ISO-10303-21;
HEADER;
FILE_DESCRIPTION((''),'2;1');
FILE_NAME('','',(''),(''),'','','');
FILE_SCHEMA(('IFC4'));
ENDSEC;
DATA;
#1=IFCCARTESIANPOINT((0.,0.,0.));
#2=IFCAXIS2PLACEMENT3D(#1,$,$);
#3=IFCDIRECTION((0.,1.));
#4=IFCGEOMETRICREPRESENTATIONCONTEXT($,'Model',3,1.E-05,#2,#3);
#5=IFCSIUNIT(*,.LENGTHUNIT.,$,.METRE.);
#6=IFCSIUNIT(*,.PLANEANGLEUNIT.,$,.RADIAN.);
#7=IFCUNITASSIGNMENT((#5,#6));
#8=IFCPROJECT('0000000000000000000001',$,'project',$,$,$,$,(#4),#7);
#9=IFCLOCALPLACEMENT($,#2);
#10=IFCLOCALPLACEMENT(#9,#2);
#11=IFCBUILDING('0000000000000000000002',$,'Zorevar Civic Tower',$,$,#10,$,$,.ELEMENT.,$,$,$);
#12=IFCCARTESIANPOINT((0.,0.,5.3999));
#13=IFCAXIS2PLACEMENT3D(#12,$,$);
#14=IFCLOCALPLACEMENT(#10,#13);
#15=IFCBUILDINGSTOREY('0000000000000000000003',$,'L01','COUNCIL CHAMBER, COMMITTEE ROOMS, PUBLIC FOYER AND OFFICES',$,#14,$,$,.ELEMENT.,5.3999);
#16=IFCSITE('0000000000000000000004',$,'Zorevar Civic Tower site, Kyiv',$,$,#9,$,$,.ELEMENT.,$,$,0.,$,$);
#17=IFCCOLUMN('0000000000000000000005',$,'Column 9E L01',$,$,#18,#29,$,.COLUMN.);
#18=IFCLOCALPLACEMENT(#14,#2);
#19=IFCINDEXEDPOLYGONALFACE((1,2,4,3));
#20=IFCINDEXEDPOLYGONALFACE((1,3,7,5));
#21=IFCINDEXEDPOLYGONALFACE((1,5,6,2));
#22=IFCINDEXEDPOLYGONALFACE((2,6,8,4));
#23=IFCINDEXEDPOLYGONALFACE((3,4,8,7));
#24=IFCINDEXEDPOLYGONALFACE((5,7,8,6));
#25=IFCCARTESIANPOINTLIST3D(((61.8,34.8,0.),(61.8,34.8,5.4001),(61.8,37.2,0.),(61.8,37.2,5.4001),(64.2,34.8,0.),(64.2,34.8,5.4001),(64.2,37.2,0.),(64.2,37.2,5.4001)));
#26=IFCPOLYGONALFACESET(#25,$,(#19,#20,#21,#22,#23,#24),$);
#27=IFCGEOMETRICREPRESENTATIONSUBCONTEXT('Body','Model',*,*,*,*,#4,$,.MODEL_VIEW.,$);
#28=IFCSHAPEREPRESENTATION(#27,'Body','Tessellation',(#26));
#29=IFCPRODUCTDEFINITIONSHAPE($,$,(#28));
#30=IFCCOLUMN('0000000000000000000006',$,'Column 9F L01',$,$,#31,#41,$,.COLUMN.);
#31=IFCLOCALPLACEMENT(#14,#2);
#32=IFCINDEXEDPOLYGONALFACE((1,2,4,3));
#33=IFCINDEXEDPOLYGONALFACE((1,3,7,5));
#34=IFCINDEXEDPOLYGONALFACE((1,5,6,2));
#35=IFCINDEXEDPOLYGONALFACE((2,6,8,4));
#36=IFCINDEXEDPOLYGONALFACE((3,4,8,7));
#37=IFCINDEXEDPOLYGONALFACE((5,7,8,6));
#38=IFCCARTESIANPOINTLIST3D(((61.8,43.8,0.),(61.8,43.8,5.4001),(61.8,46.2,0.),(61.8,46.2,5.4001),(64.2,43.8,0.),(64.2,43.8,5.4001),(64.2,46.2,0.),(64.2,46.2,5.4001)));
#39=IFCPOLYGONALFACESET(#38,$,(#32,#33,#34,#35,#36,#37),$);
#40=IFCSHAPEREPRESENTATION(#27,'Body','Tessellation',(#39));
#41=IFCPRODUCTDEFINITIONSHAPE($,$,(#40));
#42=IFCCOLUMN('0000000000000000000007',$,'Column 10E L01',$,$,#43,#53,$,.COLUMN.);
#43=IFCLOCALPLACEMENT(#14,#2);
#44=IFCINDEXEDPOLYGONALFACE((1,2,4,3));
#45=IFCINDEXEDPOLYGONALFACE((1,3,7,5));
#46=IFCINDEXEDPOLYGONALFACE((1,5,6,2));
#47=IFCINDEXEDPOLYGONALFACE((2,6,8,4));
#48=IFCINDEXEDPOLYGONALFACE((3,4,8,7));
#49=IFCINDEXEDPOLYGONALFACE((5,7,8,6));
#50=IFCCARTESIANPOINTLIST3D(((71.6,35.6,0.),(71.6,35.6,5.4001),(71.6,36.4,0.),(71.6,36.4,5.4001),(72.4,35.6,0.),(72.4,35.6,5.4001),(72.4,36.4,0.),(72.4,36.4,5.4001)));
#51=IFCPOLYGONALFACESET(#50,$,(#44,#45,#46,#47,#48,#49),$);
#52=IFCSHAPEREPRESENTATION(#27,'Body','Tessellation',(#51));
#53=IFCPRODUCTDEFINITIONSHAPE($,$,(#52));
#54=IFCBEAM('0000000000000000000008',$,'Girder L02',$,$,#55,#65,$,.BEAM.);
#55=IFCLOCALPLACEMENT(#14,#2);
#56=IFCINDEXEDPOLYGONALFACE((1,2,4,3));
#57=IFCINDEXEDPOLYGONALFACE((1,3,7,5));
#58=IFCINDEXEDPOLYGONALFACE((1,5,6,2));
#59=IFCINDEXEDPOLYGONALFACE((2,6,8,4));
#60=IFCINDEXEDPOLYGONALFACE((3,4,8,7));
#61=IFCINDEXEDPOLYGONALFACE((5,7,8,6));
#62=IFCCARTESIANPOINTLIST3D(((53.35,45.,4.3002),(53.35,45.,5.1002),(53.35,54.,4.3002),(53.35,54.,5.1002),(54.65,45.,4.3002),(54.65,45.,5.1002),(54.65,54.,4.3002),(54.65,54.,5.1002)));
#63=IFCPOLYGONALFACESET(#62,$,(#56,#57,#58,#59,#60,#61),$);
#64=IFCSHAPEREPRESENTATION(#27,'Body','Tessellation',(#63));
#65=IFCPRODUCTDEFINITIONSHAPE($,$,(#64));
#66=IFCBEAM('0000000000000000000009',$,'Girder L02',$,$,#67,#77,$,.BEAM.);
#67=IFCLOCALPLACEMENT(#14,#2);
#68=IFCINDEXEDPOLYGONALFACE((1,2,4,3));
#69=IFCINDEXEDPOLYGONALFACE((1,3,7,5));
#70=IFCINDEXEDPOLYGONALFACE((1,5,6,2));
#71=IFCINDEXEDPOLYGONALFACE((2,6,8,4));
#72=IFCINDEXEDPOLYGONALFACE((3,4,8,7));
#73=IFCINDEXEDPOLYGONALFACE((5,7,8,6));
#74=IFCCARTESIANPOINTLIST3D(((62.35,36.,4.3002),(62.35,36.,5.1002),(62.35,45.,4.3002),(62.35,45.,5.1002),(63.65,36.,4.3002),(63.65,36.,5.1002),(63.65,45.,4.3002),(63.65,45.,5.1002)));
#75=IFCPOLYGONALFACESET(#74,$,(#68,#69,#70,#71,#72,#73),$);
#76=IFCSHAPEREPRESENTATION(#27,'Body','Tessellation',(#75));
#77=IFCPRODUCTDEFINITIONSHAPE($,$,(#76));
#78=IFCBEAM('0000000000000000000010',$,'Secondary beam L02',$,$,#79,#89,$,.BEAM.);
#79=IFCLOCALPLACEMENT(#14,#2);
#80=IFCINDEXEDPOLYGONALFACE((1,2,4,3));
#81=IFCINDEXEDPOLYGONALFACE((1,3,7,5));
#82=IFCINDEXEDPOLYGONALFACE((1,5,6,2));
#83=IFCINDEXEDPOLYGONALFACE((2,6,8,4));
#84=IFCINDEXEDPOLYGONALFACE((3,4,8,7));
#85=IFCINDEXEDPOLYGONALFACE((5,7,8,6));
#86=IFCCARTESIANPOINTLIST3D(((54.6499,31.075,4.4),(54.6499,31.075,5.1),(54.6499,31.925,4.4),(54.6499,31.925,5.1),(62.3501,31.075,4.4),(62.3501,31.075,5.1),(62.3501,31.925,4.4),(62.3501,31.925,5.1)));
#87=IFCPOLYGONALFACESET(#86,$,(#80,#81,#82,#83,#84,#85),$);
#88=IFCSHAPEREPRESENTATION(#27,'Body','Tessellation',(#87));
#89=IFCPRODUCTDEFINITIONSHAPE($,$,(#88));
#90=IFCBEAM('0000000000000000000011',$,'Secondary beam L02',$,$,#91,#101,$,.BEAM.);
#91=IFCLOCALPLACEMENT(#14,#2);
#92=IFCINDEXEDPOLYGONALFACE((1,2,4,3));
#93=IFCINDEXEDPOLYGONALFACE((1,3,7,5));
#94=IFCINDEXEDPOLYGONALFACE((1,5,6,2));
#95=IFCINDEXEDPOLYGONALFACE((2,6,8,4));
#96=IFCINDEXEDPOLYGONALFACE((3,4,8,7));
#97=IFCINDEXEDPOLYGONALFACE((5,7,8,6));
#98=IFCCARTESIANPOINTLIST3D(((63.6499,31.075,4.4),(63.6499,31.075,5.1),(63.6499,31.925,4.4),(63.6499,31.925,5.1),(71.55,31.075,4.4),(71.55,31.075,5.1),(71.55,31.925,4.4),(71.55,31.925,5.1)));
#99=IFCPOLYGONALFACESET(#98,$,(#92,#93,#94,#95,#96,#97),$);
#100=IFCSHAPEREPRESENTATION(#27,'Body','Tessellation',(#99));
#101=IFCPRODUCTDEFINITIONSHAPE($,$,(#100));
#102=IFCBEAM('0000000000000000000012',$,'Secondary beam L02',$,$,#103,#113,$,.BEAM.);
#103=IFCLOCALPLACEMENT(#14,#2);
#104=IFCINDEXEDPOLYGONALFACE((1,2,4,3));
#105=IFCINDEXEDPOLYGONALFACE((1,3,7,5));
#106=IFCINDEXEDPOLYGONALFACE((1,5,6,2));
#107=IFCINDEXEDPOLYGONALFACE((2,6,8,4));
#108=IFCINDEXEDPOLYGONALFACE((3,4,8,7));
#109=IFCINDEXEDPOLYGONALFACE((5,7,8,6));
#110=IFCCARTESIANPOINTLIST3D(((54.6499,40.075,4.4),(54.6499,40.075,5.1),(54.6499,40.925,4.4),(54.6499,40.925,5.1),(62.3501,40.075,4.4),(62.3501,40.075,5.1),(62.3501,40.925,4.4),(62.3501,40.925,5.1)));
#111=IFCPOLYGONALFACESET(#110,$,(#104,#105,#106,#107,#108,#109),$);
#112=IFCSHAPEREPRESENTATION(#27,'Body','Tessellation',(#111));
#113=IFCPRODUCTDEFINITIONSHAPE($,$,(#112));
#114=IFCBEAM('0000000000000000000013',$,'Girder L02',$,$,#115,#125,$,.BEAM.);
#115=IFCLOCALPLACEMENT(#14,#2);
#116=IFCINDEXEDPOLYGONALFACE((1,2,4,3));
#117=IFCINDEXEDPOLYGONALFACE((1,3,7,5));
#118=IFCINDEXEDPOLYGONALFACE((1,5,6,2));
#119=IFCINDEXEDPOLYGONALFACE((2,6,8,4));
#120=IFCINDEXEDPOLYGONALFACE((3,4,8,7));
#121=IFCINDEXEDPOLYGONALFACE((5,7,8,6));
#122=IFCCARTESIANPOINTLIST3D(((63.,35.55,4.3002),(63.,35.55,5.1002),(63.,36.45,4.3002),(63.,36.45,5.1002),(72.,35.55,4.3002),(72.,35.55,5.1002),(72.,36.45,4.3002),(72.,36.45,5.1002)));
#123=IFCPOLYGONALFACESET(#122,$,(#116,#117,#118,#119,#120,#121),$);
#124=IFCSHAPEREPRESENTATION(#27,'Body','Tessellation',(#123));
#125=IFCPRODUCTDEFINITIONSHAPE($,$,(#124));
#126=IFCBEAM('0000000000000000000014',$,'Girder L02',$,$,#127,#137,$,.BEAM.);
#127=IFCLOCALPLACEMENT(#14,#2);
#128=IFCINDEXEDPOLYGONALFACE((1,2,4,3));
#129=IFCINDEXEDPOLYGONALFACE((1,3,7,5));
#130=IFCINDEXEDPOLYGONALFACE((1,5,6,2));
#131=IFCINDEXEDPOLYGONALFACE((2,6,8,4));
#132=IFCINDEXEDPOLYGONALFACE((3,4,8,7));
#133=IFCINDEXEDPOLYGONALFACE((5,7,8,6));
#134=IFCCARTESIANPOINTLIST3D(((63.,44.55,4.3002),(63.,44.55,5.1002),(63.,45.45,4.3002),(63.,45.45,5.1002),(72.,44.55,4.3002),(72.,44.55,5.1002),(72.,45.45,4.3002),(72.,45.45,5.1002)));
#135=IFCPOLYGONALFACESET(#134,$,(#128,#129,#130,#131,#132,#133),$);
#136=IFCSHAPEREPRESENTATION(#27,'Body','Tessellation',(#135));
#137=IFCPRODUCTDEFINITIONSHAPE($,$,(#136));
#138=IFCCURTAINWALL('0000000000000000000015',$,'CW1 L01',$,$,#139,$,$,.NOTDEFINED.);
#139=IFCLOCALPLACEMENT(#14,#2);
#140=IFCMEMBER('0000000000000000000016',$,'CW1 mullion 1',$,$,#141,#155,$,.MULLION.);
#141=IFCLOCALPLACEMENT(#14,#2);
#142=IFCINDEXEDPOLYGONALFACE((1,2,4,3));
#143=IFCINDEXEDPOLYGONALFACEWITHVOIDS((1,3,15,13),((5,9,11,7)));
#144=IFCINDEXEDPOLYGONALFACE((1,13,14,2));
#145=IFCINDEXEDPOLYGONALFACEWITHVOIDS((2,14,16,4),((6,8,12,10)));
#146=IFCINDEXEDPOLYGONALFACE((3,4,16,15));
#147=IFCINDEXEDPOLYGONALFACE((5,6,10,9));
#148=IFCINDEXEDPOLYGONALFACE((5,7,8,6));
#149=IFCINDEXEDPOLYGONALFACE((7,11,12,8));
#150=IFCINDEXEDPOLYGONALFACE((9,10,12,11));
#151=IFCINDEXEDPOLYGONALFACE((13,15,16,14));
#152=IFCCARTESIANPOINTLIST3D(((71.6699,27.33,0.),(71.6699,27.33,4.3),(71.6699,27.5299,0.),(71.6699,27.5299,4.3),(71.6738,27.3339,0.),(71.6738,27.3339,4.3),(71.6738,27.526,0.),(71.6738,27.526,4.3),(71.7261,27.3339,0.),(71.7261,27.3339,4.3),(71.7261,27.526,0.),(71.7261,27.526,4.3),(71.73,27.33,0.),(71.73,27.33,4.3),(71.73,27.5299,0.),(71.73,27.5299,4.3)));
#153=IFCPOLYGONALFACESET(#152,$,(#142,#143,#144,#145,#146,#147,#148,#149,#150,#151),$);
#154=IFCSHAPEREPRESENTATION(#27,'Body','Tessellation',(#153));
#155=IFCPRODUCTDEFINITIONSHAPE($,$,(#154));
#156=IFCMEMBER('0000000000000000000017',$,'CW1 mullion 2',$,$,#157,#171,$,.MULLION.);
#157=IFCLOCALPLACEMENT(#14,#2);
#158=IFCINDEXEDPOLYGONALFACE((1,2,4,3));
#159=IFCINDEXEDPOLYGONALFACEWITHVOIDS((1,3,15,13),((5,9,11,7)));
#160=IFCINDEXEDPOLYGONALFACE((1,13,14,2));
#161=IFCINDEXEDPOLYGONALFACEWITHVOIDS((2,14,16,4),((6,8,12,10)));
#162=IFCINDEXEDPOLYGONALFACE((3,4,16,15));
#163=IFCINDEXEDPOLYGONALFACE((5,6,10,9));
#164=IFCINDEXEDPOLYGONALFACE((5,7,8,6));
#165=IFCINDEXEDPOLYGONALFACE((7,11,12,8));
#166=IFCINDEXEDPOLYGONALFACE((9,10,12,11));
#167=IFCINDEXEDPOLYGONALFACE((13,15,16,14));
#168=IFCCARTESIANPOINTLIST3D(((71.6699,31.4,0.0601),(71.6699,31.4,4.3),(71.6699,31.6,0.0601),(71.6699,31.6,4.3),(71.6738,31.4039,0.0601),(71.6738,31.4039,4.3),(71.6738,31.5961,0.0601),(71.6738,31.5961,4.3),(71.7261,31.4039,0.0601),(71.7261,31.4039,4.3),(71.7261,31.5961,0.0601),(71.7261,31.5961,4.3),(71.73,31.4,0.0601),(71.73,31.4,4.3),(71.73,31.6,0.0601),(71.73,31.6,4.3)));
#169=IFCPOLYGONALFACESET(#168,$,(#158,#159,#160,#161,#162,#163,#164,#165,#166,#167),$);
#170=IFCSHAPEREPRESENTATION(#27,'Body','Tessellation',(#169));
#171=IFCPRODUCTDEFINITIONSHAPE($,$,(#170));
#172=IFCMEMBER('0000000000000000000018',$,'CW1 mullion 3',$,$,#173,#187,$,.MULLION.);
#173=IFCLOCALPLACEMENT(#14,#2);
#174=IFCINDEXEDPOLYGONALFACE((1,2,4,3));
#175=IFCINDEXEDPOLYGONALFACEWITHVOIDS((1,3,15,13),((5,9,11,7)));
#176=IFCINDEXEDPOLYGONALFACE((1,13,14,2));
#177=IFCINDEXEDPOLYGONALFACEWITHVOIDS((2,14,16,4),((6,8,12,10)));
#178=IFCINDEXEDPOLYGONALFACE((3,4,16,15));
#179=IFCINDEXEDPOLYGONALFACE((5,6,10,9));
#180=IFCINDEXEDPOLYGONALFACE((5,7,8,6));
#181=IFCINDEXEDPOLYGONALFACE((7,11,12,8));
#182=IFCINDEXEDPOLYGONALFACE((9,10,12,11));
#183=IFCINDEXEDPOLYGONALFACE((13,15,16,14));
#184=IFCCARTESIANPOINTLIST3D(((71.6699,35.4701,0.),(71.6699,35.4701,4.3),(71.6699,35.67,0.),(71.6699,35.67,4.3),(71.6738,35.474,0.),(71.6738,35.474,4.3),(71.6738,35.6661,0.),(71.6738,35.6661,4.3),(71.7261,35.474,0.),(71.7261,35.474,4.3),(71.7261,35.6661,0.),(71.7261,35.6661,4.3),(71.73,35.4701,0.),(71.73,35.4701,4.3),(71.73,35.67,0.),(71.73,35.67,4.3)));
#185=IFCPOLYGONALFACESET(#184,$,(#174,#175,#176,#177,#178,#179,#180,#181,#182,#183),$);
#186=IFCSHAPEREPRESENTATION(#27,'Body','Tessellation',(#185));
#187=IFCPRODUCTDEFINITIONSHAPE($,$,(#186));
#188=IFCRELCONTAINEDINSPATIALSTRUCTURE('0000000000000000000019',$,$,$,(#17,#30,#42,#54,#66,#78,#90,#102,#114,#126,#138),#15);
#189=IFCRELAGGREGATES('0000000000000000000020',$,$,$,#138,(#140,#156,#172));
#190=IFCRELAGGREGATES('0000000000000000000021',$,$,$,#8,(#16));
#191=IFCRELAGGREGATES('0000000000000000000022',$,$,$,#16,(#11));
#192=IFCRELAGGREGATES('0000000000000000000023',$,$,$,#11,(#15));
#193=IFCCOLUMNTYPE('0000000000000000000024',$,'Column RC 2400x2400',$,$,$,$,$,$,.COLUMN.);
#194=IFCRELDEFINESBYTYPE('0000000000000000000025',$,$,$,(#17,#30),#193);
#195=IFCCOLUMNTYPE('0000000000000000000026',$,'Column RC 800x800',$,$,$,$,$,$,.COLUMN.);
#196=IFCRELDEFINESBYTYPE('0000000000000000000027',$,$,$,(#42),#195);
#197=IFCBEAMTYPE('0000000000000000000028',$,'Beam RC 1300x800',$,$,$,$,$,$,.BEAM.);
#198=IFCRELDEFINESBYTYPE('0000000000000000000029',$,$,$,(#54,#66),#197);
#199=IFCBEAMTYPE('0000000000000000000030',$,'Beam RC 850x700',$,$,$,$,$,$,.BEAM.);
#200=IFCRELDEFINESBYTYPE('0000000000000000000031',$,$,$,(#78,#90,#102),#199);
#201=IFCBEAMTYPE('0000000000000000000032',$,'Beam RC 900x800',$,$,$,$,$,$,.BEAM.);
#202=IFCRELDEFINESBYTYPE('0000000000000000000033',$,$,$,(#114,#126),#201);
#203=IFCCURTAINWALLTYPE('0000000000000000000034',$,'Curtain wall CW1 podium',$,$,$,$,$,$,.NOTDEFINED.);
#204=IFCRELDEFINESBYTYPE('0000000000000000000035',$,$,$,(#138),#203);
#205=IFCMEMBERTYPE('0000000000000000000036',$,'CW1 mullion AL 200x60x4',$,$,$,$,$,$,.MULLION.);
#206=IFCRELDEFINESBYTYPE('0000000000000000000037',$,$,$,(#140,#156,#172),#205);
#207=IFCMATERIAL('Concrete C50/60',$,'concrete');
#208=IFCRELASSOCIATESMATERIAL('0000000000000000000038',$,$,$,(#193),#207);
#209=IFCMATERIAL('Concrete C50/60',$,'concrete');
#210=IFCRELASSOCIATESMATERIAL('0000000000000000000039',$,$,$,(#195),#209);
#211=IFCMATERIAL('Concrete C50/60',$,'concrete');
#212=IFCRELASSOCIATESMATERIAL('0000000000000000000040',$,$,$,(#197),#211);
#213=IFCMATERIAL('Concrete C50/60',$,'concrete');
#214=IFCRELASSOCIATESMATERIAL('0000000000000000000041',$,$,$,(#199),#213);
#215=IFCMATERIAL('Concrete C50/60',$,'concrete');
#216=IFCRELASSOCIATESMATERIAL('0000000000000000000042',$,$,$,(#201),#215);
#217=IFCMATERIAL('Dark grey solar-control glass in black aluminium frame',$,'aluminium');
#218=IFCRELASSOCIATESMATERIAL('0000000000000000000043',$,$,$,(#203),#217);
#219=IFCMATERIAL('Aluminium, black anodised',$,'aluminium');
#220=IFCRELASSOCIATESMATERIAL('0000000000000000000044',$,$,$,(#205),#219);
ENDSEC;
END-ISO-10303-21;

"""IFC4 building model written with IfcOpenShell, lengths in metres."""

from ifc_helpers import new_model, si_unit, direction, frame, origin, origin_2d, place, context, subcontext, project, spatial, rectangle, hollow_rectangle, extrude, material, material_profile, profile_set, type_object, element, aggregate, save


model = new_model("IFC4")

# Units and contexts
model_context = context("Model", 3, precision=1e-05, world=origin(), true_north=direction((0.0, 1.0)))
body_context = subcontext(model_context, "Body", "Model", "MODEL_VIEW")
ifc_project = project(units=[si_unit("LENGTHUNIT", "METRE"), si_unit("PLANEANGLEUNIT", "RADIAN")], contexts=[model_context])

# Site, building, storey
site_placement = place(None, origin())
site = spatial("IfcSite", under=ifc_project, at=site_placement, Name="Zorevar Civic Tower site, Kyiv", CompositionType="ELEMENT", RefElevation=0.0)
building_placement = place(site_placement, origin())
building = spatial("IfcBuilding", under=site, at=building_placement, Name="Zorevar Civic Tower", CompositionType="ELEMENT")
storey_placement = place(building_placement, frame((0.0, 0.0, 5.3999)))
storey = spatial("IfcBuildingStorey", under=building, at=storey_placement, Name="L01", Description="COUNCIL CHAMBER, COMMITTEE ROOMS, PUBLIC FOYER AND OFFICES", CompositionType="ELEMENT", Elevation=5.3999)

# Columns
ifc_material_1 = material(Name="Concrete C50/60", Category="concrete")
ifc_material_profile_1 = material_profile(ifc_material_1, rectangle(XDim=2.3999, YDim=2.3999, at=origin_2d()), Name="RC 2400x2400")
ifc_profile_set_1 = profile_set([ifc_material_profile_1], Name="Concrete C50/60")
column_type_1 = type_object("IfcColumnType", Name="Column RC 2400x2400", PredefinedType="COLUMN", material=ifc_profile_set_1)
for number, where, z_axis, x_axis, name in (
    (1, (63.0, 36.0, 0.0), (0.0, 0.0, 1.0), (1.0, 0.0, 0.0), "Column 9E L01"),
    (2, (63.0, 45.0, 0.0), (0.0, 0.0, 1.0), (1.0, 0.0, 0.0), "Column 9F L01"),
):
    element("IfcColumn", number, at=place(storey_placement, frame(where, z_axis=z_axis, x_axis=x_axis)), inside=storey, type_object=column_type_1, Name=name, PredefinedType="COLUMN", context=body_context, shape_type="SweptSolid", body=[
        extrude(rectangle(XDim=2.3999, YDim=2.3999, at=origin_2d()), origin(), (0.0, 0.0, 1.0), 5.4001),
    ])
ifc_material_2 = material(Name="Concrete C50/60", Category="concrete")
ifc_material_profile_2 = material_profile(ifc_material_2, rectangle(XDim=0.8, YDim=0.8, at=origin_2d()), Name="RC 800x800")
ifc_profile_set_2 = profile_set([ifc_material_profile_2], Name="Concrete C50/60")
column_type_2 = type_object("IfcColumnType", Name="Column RC 800x800", PredefinedType="COLUMN", material=ifc_profile_set_2)
column_placement = place(storey_placement, frame((72.0, 36.0, 0.0), z_axis=(0.0, 0.0, 1.0), x_axis=(1.0, 0.0, 0.0)))
element("IfcColumn", 3, at=column_placement, inside=storey, type_object=column_type_2, Name="Column 10E L01", PredefinedType="COLUMN", context=body_context, shape_type="SweptSolid", body=[
    extrude(rectangle(XDim=0.8, YDim=0.8, at=origin_2d()), origin(), (0.0, 0.0, 1.0), 5.4001),
])

# Beams
ifc_material_3 = material(Name="Concrete C50/60", Category="concrete")
ifc_material_profile_3 = material_profile(ifc_material_3, rectangle(XDim=1.3, YDim=0.8, at=origin_2d()), Name="RC 1300x800")
ifc_profile_set_3 = profile_set([ifc_material_profile_3], Name="Concrete C50/60")
beam_type_1 = type_object("IfcBeamType", Name="Beam RC 1300x800", PredefinedType="BEAM", material=ifc_profile_set_3)
for number, where, z_axis, x_axis, name in (
    (4, (54.0, 45.0, 4.7002), (0.0, 1.0, 0.0), (-1.0, 0.0, 0.0), "Girder L02"),
    (5, (63.0, 36.0, 4.7002), (0.0, 1.0, 0.0), (-1.0, 0.0, 0.0), "Girder L02"),
):
    element("IfcBeam", number, at=place(storey_placement, frame(where, z_axis=z_axis, x_axis=x_axis)), inside=storey, type_object=beam_type_1, Name=name, PredefinedType="BEAM", context=body_context, shape_type="SweptSolid", body=[
        extrude(rectangle(XDim=1.3, YDim=0.8, at=origin_2d()), origin(), (0.0, 0.0, 1.0), 9.0),
    ])
ifc_material_4 = material(Name="Concrete C50/60", Category="concrete")
ifc_material_profile_4 = material_profile(ifc_material_4, rectangle(XDim=0.8501, YDim=0.7, at=origin_2d()), Name="RC 850x700")
ifc_profile_set_4 = profile_set([ifc_material_profile_4], Name="Concrete C50/60")
beam_type_2 = type_object("IfcBeamType", Name="Beam RC 850x700", PredefinedType="BEAM", material=ifc_profile_set_4)
beam_1_placement = place(storey_placement, frame((54.6499, 31.5, 4.75), z_axis=(1.0, 0.0, 0.0), x_axis=(0.0, 1.0, 0.0)))
element("IfcBeam", 6, at=beam_1_placement, inside=storey, type_object=beam_type_2, Name="Secondary beam L02", PredefinedType="BEAM", context=body_context, shape_type="SweptSolid", body=[
    extrude(rectangle(XDim=0.8501, YDim=0.7, at=origin_2d()), origin(), (0.0, 0.0, 1.0), 7.7002),
])
beam_2_placement = place(storey_placement, frame((63.6499, 31.5, 4.75), z_axis=(1.0, 0.0, 0.0), x_axis=(0.0, 1.0, 0.0)))
element("IfcBeam", 7, at=beam_2_placement, inside=storey, type_object=beam_type_2, Name="Secondary beam L02", PredefinedType="BEAM", context=body_context, shape_type="SweptSolid", body=[
    extrude(rectangle(XDim=0.8501, YDim=0.7, at=origin_2d()), origin(), (0.0, 0.0, 1.0), 7.9001),
])
beam_3_placement = place(storey_placement, frame((54.6499, 40.5, 4.75), z_axis=(1.0, 0.0, 0.0), x_axis=(0.0, 1.0, 0.0)))
element("IfcBeam", 8, at=beam_3_placement, inside=storey, type_object=beam_type_2, Name="Secondary beam L02", PredefinedType="BEAM", context=body_context, shape_type="SweptSolid", body=[
    extrude(rectangle(XDim=0.8501, YDim=0.7, at=origin_2d()), origin(), (0.0, 0.0, 1.0), 7.7002),
])
ifc_material_5 = material(Name="Concrete C50/60", Category="concrete")
ifc_material_profile_5 = material_profile(ifc_material_5, rectangle(XDim=0.8999, YDim=0.8, at=origin_2d()), Name="RC 900x800")
ifc_profile_set_5 = profile_set([ifc_material_profile_5], Name="Concrete C50/60")
beam_type_3 = type_object("IfcBeamType", Name="Beam RC 900x800", PredefinedType="BEAM", material=ifc_profile_set_5)
for number, where, z_axis, x_axis, name in (
    (9, (63.0, 36.0, 4.7002), (1.0, 0.0, 0.0), (0.0, 1.0, 0.0), "Girder L02"),
    (10, (63.0, 45.0, 4.7002), (1.0, 0.0, 0.0), (0.0, 1.0, 0.0), "Girder L02"),
):
    element("IfcBeam", number, at=place(storey_placement, frame(where, z_axis=z_axis, x_axis=x_axis)), inside=storey, type_object=beam_type_3, Name=name, PredefinedType="BEAM", context=body_context, shape_type="SweptSolid", body=[
        extrude(rectangle(XDim=0.8999, YDim=0.8, at=origin_2d()), origin(), (0.0, 0.0, 1.0), 9.0),
    ])

# Curtain wall, members
ifc_material_6 = material(Name="Dark grey solar-control glass in black aluminium frame", Category="aluminium")
curtain_wall_type = type_object("IfcCurtainWallType", Name="Curtain wall CW1 podium", PredefinedType="NOTDEFINED", material=ifc_material_6)
curtain_wall_placement = place(storey_placement, origin())
curtain_wall = element("IfcCurtainWall", 11, at=curtain_wall_placement, inside=storey, type_object=curtain_wall_type, Name="CW1 L01", PredefinedType="NOTDEFINED")
ifc_material_7 = material(Name="Aluminium, black anodised", Category="aluminium")
ifc_material_profile_6 = material_profile(ifc_material_7, hollow_rectangle(XDim=0.0601, YDim=0.2, WallThickness=0.0039, at=origin_2d()), Name="AL 200x60x4")
ifc_profile_set_6 = profile_set([ifc_material_profile_6], Name="Aluminium, black anodised")
member_type_1 = type_object("IfcMemberType", Name="CW1 mullion AL 200x60x4", PredefinedType="MULLION", material=ifc_profile_set_6)
member_1_placement = place(storey_placement, frame((71.7, 27.4299, 0.0), z_axis=(0.0, 0.0, 1.0), x_axis=(-1.0, 0.0, 0.0)))
member_1 = element("IfcMember", 12, at=member_1_placement, type_object=member_type_1, Name="CW1 mullion 1", PredefinedType="MULLION", context=body_context, shape_type="SweptSolid", body=[
    extrude(hollow_rectangle(XDim=0.0601, YDim=0.2, WallThickness=0.0039, at=origin_2d()), origin(), (0.0, 0.0, 1.0), 4.3),
])
member_2_placement = place(storey_placement, frame((71.7, 31.5, 0.0601), z_axis=(0.0, 0.0, 1.0), x_axis=(-1.0, 0.0, 0.0)))
member_2 = element("IfcMember", 13, at=member_2_placement, type_object=member_type_1, Name="CW1 mullion 2", PredefinedType="MULLION", context=body_context, shape_type="SweptSolid", body=[
    extrude(hollow_rectangle(XDim=0.0601, YDim=0.2, WallThickness=0.0039, at=origin_2d()), origin(), (0.0, 0.0, 1.0), 4.24),
])
member_3_placement = place(storey_placement, frame((71.7, 35.5701, 0.0), z_axis=(0.0, 0.0, 1.0), x_axis=(-1.0, 0.0, 0.0)))
member_3 = element("IfcMember", 14, at=member_3_placement, type_object=member_type_1, Name="CW1 mullion 3", PredefinedType="MULLION", context=body_context, shape_type="SweptSolid", body=[
    extrude(hollow_rectangle(XDim=0.0601, YDim=0.2, WallThickness=0.0039, at=origin_2d()), origin(), (0.0, 0.0, 1.0), 4.3),
])

aggregate(curtain_wall, [member_1, member_2, member_3])

save(model, "model.ifc")
